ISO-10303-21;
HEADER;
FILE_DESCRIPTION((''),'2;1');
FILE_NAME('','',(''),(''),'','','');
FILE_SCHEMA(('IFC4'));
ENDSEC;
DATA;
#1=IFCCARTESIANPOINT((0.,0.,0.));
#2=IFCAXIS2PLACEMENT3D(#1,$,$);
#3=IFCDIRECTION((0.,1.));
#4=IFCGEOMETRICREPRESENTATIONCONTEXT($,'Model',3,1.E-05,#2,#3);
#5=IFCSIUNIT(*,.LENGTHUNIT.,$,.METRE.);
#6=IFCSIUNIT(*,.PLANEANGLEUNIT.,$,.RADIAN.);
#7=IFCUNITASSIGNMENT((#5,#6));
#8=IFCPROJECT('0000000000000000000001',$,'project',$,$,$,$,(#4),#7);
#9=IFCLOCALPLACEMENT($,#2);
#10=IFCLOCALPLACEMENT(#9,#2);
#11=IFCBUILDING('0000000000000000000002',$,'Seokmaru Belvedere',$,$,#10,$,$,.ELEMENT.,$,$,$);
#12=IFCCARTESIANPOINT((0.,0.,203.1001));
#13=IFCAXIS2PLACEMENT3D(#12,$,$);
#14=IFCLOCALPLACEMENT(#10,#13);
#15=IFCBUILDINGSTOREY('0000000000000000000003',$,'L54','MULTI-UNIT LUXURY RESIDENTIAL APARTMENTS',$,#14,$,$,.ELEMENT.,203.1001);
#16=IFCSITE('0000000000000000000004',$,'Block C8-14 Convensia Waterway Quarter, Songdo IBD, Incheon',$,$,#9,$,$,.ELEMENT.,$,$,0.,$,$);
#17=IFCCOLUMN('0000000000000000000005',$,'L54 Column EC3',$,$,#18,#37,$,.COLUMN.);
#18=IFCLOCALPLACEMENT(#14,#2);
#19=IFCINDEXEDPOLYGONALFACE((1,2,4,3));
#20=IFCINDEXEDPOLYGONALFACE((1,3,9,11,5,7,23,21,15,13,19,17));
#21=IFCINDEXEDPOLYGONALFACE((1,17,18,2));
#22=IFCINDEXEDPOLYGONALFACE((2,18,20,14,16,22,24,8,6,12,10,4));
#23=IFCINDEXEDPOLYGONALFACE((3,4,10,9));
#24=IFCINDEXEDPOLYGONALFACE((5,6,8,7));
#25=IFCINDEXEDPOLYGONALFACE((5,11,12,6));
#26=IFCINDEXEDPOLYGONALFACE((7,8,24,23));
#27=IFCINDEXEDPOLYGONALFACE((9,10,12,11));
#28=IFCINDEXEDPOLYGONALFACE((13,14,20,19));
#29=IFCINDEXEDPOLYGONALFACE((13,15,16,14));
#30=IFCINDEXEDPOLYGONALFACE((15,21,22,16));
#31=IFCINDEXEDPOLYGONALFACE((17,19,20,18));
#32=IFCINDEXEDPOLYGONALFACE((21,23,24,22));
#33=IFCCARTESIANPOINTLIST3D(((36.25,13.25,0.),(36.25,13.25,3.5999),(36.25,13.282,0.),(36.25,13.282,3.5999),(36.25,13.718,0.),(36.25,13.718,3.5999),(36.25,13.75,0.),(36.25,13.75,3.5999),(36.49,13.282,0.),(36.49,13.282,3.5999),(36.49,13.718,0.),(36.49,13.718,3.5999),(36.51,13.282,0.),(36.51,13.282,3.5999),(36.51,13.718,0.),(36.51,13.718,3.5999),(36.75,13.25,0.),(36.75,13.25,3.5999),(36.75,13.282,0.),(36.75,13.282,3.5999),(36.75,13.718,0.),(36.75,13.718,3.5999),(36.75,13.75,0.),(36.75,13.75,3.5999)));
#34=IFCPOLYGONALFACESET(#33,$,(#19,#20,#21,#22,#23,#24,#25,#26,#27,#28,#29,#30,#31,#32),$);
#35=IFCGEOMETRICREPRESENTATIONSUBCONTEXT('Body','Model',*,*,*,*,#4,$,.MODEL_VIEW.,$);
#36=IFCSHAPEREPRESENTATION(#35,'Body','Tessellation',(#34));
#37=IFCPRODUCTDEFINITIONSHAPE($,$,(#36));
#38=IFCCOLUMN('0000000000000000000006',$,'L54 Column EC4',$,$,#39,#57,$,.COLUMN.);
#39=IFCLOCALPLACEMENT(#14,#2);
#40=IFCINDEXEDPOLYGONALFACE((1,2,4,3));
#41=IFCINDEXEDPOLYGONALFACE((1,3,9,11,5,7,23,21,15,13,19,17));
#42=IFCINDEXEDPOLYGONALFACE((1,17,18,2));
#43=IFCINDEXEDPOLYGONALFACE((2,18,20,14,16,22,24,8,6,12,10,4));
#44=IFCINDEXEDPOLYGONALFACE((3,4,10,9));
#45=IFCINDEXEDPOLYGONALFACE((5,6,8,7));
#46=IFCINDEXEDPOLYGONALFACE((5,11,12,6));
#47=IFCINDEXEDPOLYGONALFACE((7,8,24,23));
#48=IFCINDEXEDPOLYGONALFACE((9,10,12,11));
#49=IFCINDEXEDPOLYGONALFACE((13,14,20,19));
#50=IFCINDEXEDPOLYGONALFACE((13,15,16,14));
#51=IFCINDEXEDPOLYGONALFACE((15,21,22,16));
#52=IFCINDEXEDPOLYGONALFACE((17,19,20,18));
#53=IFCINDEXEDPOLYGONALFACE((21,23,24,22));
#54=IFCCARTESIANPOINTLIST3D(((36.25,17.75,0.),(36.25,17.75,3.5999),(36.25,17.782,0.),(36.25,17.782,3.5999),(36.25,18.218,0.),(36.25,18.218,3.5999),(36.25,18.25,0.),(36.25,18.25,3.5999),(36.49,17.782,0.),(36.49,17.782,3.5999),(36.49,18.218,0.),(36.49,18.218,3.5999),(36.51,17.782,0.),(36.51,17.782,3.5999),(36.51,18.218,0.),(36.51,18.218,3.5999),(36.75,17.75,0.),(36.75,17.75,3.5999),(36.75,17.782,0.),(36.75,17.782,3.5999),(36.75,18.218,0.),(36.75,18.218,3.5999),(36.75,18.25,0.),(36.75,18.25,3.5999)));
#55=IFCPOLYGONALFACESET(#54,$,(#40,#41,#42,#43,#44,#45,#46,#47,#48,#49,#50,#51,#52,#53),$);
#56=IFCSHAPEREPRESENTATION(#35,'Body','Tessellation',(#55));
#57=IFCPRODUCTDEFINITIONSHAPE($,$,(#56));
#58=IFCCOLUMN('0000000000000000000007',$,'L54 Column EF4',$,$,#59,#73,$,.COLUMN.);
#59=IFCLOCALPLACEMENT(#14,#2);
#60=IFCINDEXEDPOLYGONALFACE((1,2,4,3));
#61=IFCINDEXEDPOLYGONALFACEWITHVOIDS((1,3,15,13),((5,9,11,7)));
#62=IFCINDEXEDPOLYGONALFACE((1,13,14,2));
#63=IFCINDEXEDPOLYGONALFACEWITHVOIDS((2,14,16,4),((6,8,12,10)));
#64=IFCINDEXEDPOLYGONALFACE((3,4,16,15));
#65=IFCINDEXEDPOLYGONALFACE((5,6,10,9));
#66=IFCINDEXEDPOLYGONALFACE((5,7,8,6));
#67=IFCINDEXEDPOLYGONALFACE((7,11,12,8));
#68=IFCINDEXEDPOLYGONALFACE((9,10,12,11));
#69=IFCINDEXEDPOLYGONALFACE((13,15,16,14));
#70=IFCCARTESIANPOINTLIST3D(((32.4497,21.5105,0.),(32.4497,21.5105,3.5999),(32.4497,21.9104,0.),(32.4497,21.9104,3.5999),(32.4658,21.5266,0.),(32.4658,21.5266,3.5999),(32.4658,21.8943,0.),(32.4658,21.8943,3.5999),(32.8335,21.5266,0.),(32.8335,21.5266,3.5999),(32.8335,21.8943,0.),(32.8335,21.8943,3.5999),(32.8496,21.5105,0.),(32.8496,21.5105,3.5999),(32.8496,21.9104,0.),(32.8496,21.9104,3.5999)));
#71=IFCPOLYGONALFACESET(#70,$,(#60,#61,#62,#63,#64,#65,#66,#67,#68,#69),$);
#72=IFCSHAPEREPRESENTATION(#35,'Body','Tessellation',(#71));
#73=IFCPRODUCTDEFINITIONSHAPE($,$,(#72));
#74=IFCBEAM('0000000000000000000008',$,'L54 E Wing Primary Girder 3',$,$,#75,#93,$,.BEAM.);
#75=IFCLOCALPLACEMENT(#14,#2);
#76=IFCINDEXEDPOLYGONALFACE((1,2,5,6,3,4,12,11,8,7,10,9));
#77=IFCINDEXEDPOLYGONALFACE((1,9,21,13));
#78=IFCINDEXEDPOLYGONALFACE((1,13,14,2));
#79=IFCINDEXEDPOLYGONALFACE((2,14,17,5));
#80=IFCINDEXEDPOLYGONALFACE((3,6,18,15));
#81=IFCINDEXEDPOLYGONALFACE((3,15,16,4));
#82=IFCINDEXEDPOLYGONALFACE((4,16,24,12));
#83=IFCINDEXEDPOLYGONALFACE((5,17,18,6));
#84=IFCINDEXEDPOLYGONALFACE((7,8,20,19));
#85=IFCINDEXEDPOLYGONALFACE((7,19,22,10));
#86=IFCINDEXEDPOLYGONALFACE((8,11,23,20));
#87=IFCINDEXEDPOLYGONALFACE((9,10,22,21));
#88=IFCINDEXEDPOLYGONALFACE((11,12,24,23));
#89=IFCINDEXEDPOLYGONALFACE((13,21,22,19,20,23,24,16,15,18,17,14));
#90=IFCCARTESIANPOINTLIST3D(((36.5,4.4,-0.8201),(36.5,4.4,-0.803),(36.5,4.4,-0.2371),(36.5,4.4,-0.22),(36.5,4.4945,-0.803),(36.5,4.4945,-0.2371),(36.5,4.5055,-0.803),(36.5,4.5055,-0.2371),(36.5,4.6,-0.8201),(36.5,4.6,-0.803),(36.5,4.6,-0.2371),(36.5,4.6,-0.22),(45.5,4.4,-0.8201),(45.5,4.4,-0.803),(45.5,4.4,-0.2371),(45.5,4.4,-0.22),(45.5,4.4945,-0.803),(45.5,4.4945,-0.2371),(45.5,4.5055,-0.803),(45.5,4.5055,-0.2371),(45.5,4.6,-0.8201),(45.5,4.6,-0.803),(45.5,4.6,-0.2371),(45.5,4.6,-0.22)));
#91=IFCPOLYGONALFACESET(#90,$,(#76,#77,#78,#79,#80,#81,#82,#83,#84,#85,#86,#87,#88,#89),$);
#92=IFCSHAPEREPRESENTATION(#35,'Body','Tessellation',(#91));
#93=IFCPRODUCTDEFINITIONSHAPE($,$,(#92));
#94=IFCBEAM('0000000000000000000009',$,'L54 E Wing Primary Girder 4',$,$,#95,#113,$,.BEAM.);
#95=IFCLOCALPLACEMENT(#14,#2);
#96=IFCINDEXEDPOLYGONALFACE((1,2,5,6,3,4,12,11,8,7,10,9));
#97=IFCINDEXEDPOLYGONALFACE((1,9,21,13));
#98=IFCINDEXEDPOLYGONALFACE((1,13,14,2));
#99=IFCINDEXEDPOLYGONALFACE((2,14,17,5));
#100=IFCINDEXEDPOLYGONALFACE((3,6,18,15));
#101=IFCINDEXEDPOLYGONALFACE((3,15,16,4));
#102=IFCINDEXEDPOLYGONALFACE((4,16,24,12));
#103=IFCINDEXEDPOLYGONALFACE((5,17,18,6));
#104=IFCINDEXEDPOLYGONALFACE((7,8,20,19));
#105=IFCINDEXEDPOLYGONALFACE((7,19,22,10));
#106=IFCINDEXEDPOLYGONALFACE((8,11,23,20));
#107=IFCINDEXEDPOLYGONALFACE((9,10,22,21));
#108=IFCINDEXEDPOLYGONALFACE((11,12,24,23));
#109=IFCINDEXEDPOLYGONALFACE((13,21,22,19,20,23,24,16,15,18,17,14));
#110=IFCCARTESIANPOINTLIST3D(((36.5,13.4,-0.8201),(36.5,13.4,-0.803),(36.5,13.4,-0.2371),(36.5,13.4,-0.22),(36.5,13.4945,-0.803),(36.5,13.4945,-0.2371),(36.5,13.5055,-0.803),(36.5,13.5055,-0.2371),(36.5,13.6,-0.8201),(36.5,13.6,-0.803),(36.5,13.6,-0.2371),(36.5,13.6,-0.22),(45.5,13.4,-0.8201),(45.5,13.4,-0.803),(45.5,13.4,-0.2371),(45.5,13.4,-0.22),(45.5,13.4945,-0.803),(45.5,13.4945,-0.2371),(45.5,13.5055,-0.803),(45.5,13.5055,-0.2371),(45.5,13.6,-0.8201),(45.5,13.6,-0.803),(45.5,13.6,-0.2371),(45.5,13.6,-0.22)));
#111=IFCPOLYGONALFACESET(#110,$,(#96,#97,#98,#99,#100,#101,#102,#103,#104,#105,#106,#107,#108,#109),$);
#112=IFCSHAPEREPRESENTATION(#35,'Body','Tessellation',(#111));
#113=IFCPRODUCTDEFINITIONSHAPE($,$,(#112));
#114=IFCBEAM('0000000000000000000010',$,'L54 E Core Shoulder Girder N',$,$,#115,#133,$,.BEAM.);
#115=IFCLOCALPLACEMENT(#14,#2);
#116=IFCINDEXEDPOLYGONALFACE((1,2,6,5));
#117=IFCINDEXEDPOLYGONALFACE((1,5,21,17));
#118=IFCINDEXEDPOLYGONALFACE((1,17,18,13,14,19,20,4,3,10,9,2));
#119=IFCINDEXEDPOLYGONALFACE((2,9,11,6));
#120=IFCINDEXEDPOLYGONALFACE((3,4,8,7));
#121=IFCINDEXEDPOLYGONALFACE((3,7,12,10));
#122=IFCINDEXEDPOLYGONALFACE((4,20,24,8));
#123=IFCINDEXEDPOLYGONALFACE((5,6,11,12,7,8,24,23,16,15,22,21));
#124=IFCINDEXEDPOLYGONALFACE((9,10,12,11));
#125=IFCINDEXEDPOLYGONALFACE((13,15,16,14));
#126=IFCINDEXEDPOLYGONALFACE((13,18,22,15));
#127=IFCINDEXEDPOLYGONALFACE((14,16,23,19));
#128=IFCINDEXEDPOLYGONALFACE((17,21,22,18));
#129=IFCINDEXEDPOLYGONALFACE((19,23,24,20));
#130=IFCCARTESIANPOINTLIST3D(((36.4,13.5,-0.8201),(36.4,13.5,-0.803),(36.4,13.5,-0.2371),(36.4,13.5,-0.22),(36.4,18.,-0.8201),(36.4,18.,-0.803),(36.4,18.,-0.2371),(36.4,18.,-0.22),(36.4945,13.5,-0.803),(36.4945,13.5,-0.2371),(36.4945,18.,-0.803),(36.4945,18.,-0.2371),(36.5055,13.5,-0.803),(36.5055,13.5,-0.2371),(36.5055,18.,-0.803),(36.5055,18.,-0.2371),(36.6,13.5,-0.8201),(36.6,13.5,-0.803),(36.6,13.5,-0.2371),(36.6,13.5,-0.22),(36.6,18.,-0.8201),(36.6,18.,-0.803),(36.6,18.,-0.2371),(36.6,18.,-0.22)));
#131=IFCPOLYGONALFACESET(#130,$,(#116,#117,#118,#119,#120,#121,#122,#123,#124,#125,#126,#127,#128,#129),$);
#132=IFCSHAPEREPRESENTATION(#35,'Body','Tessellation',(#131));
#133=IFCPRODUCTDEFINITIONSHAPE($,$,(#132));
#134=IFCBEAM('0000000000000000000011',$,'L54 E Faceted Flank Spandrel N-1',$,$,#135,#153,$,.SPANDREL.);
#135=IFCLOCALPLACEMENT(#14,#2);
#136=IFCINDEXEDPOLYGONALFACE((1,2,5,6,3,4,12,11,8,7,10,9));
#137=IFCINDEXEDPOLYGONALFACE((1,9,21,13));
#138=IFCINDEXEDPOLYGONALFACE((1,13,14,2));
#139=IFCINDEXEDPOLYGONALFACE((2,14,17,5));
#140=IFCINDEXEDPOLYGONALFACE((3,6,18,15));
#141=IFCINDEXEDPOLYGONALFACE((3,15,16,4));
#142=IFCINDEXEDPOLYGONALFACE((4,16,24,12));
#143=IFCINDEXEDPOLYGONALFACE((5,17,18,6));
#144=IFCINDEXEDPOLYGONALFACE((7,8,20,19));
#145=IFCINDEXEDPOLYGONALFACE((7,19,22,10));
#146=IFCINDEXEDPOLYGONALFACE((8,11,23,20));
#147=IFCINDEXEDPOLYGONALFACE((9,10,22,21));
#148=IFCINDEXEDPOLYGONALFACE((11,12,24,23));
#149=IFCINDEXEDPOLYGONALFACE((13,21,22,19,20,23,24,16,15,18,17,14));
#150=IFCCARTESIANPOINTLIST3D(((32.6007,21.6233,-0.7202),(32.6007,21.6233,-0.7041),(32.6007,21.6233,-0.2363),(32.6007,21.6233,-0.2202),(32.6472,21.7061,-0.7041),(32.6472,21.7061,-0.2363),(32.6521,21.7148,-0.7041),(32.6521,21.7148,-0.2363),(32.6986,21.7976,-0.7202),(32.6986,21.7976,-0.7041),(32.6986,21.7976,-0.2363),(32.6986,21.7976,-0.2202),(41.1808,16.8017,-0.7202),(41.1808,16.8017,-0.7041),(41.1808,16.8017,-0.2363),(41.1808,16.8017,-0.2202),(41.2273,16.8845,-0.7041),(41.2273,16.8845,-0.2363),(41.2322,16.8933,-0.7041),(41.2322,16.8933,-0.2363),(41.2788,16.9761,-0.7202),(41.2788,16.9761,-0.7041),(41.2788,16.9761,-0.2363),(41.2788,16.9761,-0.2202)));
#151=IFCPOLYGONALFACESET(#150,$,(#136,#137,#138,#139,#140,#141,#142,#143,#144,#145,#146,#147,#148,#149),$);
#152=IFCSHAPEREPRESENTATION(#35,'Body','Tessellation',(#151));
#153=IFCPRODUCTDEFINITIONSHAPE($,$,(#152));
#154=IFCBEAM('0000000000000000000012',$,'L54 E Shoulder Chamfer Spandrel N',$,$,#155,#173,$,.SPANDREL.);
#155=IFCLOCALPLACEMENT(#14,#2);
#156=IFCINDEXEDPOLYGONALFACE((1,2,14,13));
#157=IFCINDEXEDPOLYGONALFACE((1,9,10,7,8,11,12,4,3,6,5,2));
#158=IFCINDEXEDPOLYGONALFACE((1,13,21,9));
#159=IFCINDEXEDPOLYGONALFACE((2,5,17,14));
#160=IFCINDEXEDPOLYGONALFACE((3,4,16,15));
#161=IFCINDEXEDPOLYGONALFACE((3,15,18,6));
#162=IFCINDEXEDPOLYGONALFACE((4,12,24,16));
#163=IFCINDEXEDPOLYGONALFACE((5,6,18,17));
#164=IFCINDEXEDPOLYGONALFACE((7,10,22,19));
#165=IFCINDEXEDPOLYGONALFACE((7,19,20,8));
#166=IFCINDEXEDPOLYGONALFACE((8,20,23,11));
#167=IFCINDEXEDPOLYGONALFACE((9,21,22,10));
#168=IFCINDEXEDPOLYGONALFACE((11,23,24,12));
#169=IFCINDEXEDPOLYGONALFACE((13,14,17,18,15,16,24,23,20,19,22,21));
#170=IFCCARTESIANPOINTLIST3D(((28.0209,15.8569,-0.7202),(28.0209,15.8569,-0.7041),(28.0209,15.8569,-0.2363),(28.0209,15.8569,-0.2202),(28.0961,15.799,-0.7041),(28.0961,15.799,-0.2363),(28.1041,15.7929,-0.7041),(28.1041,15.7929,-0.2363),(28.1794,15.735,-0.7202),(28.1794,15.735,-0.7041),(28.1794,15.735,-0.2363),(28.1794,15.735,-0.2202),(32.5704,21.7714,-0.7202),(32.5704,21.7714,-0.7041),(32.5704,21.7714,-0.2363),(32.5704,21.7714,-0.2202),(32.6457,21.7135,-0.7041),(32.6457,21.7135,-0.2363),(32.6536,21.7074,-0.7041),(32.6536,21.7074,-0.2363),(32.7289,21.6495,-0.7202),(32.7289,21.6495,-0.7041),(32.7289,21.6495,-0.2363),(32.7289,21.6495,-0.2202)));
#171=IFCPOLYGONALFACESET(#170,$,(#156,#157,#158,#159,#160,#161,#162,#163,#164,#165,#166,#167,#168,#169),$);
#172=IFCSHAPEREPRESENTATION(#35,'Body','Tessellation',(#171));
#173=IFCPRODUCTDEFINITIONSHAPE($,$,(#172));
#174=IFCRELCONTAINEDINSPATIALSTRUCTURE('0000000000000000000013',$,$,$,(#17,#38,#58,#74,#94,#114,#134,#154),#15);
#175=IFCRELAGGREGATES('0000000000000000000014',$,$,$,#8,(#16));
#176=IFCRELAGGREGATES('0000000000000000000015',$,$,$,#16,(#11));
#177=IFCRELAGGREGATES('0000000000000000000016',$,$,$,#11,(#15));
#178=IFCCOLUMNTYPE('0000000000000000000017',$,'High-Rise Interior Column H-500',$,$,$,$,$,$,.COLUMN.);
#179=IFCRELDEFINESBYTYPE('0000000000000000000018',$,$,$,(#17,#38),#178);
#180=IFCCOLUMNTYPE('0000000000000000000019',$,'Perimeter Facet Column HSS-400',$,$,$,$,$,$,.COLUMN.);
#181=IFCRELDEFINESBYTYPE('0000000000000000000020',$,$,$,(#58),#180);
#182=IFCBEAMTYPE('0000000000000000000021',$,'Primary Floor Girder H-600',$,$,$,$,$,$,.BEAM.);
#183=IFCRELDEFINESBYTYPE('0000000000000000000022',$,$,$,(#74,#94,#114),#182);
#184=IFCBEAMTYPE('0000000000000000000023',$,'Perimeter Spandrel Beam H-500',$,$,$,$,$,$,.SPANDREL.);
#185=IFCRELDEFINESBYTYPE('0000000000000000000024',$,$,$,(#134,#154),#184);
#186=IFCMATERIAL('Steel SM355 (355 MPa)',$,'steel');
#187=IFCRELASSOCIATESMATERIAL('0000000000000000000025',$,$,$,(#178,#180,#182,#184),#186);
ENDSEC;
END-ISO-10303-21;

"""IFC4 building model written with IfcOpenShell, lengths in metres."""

from ifc_helpers import new_model, si_unit, direction, frame, origin, origin_2d, place, context, subcontext, project, spatial, hollow_rectangle, i_section, extrude, source, transform, mapped, material, material_profile, profile_set, type_object, type_shapes, element, save


model = new_model("IFC4")

# Units and contexts
model_context = context("Model", 3, precision=1e-05, world=origin(), true_north=direction((0.0, 1.0)))
body_context = subcontext(model_context, "Body", "Model", "MODEL_VIEW")
ifc_project = project(units=[si_unit("LENGTHUNIT", "METRE"), si_unit("PLANEANGLEUNIT", "RADIAN")], contexts=[model_context])

# Site, building, storey
site_placement = place(None, origin())
site = spatial("IfcSite", under=ifc_project, at=site_placement, Name="Block C8-14 Convensia Waterway Quarter, Songdo IBD, Incheon", CompositionType="ELEMENT", RefElevation=0.0)
building_placement = place(site_placement, origin())
building = spatial("IfcBuilding", under=site, at=building_placement, Name="Seokmaru Belvedere", CompositionType="ELEMENT")
storey_placement = place(building_placement, frame((0.0, 0.0, 203.1001)))
storey = spatial("IfcBuildingStorey", under=building, at=storey_placement, Name="L54", Description="MULTI-UNIT LUXURY RESIDENTIAL APARTMENTS", CompositionType="ELEMENT", Elevation=203.1001)

# Columns
ifc_material_1 = material(Name="Steel SM355 (355 MPa)", Category="steel")
ifc_material_profile_1 = material_profile(ifc_material_1, i_section(OverallWidth=0.5, OverallDepth=0.5, WebThickness=0.02, FlangeThickness=0.032, at=origin_2d()), Name="H-500x500x20x32")
ifc_profile_set_1 = profile_set([ifc_material_profile_1], Name="Steel SM355 (355 MPa)")
column_type_1 = type_object("IfcColumnType", Name="High-Rise Interior Column H-500", PredefinedType="COLUMN", material=ifc_profile_set_1)
shared_shape_1 = source(origin(), body_context, "Body", "SweptSolid", [
    extrude(i_section(OverallWidth=0.5, OverallDepth=0.5, WebThickness=0.02, FlangeThickness=0.032, at=origin_2d()), origin(), (0.0, 0.0, 1.0), 3.5999),
])
type_shapes(column_type_1, [shared_shape_1])
for number, where, z_axis, x_axis, name in (
    (1, (36.5, 13.5, 0.0), (0.0, 0.0, 1.0), (1.0, 0.0, 0.0), "L54 Column EC3"),
    (2, (36.5, 18.0, 0.0), (0.0, 0.0, 1.0), (1.0, 0.0, 0.0), "L54 Column EC4"),
):
    element("IfcColumn", number, at=place(storey_placement, frame(where, z_axis=z_axis, x_axis=x_axis)), inside=storey, type_object=column_type_1, Name=name, PredefinedType="COLUMN", context=body_context, shape_type="MappedRepresentation", body=[
        mapped(shared_shape_1, transform((0.0, 0.0, 0.0), scale=1.0)),
    ])
ifc_material_profile_2 = material_profile(ifc_material_1, hollow_rectangle(XDim=0.3999, YDim=0.3999, WallThickness=0.0161, at=origin_2d()), Name="HSS-400x400x16")
ifc_profile_set_2 = profile_set([ifc_material_profile_2], Name="Steel SM355 (355 MPa)")
column_type_2 = type_object("IfcColumnType", Name="Perimeter Facet Column HSS-400", PredefinedType="COLUMN", material=ifc_profile_set_2)
shared_shape_2 = source(origin(), body_context, "Body", "SweptSolid", [
    extrude(hollow_rectangle(XDim=0.3999, YDim=0.3999, WallThickness=0.0161, at=origin_2d()), origin(), (0.0, 0.0, 1.0), 3.5999),
])
type_shapes(column_type_2, [shared_shape_2])
column_placement = place(storey_placement, frame((32.6497, 21.7104, 0.0), z_axis=(0.0, 0.0, 1.0), x_axis=(1.0, 0.0, 0.0)))
element("IfcColumn", 3, at=column_placement, inside=storey, type_object=column_type_2, Name="L54 Column EF4", PredefinedType="COLUMN", context=body_context, shape_type="MappedRepresentation", body=[
    mapped(shared_shape_2, transform((0.0, 0.0, 0.0), scale=1.0)),
])

# Beams
ifc_material_profile_3 = material_profile(ifc_material_1, i_section(OverallWidth=0.2, OverallDepth=0.6001, WebThickness=0.011, FlangeThickness=0.0171, at=origin_2d()), Name="H-600x200x11x17")
ifc_profile_set_3 = profile_set([ifc_material_profile_3], Name="Steel SM355 (355 MPa)")
beam_type_1 = type_object("IfcBeamType", Name="Primary Floor Girder H-600", PredefinedType="BEAM", material=ifc_profile_set_3)
shared_shape_3 = source(origin(), body_context, "Body", "SweptSolid", [
    extrude(i_section(OverallWidth=0.2, OverallDepth=0.6001, WebThickness=0.011, FlangeThickness=0.0171, at=origin_2d()), origin(), (0.0, 0.0, 1.0), 9.0),
])
for number, where, z_axis, x_axis, name in (
    (4, (36.5, 4.5, -0.52), (1.0, 0.0, 0.0), (0.0, 1.0, 0.0), "L54 E Wing Primary Girder 3"),
    (5, (36.5, 13.5, -0.52), (1.0, 0.0, 0.0), (0.0, 1.0, 0.0), "L54 E Wing Primary Girder 4"),
):
    element("IfcBeam", number, at=place(storey_placement, frame(where, z_axis=z_axis, x_axis=x_axis)), inside=storey, type_object=beam_type_1, Name=name, PredefinedType="BEAM", context=body_context, shape_type="MappedRepresentation", body=[
        mapped(shared_shape_3, transform((0.0, 0.0, 0.0), scale=1.0)),
    ])
shared_shape_4 = source(origin(), body_context, "Body", "SweptSolid", [
    extrude(i_section(OverallWidth=0.2, OverallDepth=0.6001, WebThickness=0.011, FlangeThickness=0.0171, at=origin_2d()), origin(), (0.0, 0.0, 1.0), 4.5),
])
type_shapes(beam_type_1, [shared_shape_3, shared_shape_4])
beam_1_placement = place(storey_placement, frame((36.5, 13.5, -0.52), z_axis=(0.0, 1.0, 0.0), x_axis=(-1.0, 0.0, 0.0)))
element("IfcBeam", 6, at=beam_1_placement, inside=storey, type_object=beam_type_1, Name="L54 E Core Shoulder Girder N", PredefinedType="BEAM", context=body_context, shape_type="MappedRepresentation", body=[
    mapped(shared_shape_4, transform((0.0, 0.0, 0.0), scale=1.0)),
])
ifc_material_profile_4 = material_profile(ifc_material_1, i_section(OverallWidth=0.2, OverallDepth=0.5, WebThickness=0.01, FlangeThickness=0.0161, at=origin_2d()), Name="H-500x200x10x16")
ifc_profile_set_4 = profile_set([ifc_material_profile_4], Name="Steel SM355 (355 MPa)")
beam_type_2 = type_object("IfcBeamType", Name="Perimeter Spandrel Beam H-500", PredefinedType="SPANDREL", material=ifc_profile_set_4)
shared_shape_5 = source(origin(), body_context, "Body", "SweptSolid", [
    extrude(i_section(OverallWidth=0.2, OverallDepth=0.5, WebThickness=0.01, FlangeThickness=0.0161, at=origin_2d()), origin(), (0.0, 0.0, 1.0), 9.842),
])
beam_2_placement = place(storey_placement, frame((32.6497, 21.7104, -0.4702), z_axis=(0.871782, -0.489894, 0.0), x_axis=(0.489894, 0.871782, 0.0)))
element("IfcBeam", 7, at=beam_2_placement, inside=storey, type_object=beam_type_2, Name="L54 E Faceted Flank Spandrel N-1", PredefinedType="SPANDREL", context=body_context, shape_type="MappedRepresentation", body=[
    mapped(shared_shape_5, transform((0.0, 0.0, 0.0), scale=1.0)),
])
shared_shape_6 = source(origin(), body_context, "Body", "SweptSolid", [
    extrude(i_section(OverallWidth=0.2, OverallDepth=0.5, WebThickness=0.01, FlangeThickness=0.0161, at=origin_2d()), origin(), (0.0, 0.0, 1.0), 7.4619),
])
type_shapes(beam_type_2, [shared_shape_5, shared_shape_6])
beam_3_placement = place(storey_placement, frame((32.6497, 21.7104, -0.4702), z_axis=(-0.609703, -0.79263, 0.0), x_axis=(0.79263, -0.609703, 0.0)))
element("IfcBeam", 8, at=beam_3_placement, inside=storey, type_object=beam_type_2, Name="L54 E Shoulder Chamfer Spandrel N", PredefinedType="SPANDREL", context=body_context, shape_type="MappedRepresentation", body=[
    mapped(shared_shape_6, transform((0.0, 0.0, 0.0), scale=1.0)),
])

save(model, "model.ifc")
